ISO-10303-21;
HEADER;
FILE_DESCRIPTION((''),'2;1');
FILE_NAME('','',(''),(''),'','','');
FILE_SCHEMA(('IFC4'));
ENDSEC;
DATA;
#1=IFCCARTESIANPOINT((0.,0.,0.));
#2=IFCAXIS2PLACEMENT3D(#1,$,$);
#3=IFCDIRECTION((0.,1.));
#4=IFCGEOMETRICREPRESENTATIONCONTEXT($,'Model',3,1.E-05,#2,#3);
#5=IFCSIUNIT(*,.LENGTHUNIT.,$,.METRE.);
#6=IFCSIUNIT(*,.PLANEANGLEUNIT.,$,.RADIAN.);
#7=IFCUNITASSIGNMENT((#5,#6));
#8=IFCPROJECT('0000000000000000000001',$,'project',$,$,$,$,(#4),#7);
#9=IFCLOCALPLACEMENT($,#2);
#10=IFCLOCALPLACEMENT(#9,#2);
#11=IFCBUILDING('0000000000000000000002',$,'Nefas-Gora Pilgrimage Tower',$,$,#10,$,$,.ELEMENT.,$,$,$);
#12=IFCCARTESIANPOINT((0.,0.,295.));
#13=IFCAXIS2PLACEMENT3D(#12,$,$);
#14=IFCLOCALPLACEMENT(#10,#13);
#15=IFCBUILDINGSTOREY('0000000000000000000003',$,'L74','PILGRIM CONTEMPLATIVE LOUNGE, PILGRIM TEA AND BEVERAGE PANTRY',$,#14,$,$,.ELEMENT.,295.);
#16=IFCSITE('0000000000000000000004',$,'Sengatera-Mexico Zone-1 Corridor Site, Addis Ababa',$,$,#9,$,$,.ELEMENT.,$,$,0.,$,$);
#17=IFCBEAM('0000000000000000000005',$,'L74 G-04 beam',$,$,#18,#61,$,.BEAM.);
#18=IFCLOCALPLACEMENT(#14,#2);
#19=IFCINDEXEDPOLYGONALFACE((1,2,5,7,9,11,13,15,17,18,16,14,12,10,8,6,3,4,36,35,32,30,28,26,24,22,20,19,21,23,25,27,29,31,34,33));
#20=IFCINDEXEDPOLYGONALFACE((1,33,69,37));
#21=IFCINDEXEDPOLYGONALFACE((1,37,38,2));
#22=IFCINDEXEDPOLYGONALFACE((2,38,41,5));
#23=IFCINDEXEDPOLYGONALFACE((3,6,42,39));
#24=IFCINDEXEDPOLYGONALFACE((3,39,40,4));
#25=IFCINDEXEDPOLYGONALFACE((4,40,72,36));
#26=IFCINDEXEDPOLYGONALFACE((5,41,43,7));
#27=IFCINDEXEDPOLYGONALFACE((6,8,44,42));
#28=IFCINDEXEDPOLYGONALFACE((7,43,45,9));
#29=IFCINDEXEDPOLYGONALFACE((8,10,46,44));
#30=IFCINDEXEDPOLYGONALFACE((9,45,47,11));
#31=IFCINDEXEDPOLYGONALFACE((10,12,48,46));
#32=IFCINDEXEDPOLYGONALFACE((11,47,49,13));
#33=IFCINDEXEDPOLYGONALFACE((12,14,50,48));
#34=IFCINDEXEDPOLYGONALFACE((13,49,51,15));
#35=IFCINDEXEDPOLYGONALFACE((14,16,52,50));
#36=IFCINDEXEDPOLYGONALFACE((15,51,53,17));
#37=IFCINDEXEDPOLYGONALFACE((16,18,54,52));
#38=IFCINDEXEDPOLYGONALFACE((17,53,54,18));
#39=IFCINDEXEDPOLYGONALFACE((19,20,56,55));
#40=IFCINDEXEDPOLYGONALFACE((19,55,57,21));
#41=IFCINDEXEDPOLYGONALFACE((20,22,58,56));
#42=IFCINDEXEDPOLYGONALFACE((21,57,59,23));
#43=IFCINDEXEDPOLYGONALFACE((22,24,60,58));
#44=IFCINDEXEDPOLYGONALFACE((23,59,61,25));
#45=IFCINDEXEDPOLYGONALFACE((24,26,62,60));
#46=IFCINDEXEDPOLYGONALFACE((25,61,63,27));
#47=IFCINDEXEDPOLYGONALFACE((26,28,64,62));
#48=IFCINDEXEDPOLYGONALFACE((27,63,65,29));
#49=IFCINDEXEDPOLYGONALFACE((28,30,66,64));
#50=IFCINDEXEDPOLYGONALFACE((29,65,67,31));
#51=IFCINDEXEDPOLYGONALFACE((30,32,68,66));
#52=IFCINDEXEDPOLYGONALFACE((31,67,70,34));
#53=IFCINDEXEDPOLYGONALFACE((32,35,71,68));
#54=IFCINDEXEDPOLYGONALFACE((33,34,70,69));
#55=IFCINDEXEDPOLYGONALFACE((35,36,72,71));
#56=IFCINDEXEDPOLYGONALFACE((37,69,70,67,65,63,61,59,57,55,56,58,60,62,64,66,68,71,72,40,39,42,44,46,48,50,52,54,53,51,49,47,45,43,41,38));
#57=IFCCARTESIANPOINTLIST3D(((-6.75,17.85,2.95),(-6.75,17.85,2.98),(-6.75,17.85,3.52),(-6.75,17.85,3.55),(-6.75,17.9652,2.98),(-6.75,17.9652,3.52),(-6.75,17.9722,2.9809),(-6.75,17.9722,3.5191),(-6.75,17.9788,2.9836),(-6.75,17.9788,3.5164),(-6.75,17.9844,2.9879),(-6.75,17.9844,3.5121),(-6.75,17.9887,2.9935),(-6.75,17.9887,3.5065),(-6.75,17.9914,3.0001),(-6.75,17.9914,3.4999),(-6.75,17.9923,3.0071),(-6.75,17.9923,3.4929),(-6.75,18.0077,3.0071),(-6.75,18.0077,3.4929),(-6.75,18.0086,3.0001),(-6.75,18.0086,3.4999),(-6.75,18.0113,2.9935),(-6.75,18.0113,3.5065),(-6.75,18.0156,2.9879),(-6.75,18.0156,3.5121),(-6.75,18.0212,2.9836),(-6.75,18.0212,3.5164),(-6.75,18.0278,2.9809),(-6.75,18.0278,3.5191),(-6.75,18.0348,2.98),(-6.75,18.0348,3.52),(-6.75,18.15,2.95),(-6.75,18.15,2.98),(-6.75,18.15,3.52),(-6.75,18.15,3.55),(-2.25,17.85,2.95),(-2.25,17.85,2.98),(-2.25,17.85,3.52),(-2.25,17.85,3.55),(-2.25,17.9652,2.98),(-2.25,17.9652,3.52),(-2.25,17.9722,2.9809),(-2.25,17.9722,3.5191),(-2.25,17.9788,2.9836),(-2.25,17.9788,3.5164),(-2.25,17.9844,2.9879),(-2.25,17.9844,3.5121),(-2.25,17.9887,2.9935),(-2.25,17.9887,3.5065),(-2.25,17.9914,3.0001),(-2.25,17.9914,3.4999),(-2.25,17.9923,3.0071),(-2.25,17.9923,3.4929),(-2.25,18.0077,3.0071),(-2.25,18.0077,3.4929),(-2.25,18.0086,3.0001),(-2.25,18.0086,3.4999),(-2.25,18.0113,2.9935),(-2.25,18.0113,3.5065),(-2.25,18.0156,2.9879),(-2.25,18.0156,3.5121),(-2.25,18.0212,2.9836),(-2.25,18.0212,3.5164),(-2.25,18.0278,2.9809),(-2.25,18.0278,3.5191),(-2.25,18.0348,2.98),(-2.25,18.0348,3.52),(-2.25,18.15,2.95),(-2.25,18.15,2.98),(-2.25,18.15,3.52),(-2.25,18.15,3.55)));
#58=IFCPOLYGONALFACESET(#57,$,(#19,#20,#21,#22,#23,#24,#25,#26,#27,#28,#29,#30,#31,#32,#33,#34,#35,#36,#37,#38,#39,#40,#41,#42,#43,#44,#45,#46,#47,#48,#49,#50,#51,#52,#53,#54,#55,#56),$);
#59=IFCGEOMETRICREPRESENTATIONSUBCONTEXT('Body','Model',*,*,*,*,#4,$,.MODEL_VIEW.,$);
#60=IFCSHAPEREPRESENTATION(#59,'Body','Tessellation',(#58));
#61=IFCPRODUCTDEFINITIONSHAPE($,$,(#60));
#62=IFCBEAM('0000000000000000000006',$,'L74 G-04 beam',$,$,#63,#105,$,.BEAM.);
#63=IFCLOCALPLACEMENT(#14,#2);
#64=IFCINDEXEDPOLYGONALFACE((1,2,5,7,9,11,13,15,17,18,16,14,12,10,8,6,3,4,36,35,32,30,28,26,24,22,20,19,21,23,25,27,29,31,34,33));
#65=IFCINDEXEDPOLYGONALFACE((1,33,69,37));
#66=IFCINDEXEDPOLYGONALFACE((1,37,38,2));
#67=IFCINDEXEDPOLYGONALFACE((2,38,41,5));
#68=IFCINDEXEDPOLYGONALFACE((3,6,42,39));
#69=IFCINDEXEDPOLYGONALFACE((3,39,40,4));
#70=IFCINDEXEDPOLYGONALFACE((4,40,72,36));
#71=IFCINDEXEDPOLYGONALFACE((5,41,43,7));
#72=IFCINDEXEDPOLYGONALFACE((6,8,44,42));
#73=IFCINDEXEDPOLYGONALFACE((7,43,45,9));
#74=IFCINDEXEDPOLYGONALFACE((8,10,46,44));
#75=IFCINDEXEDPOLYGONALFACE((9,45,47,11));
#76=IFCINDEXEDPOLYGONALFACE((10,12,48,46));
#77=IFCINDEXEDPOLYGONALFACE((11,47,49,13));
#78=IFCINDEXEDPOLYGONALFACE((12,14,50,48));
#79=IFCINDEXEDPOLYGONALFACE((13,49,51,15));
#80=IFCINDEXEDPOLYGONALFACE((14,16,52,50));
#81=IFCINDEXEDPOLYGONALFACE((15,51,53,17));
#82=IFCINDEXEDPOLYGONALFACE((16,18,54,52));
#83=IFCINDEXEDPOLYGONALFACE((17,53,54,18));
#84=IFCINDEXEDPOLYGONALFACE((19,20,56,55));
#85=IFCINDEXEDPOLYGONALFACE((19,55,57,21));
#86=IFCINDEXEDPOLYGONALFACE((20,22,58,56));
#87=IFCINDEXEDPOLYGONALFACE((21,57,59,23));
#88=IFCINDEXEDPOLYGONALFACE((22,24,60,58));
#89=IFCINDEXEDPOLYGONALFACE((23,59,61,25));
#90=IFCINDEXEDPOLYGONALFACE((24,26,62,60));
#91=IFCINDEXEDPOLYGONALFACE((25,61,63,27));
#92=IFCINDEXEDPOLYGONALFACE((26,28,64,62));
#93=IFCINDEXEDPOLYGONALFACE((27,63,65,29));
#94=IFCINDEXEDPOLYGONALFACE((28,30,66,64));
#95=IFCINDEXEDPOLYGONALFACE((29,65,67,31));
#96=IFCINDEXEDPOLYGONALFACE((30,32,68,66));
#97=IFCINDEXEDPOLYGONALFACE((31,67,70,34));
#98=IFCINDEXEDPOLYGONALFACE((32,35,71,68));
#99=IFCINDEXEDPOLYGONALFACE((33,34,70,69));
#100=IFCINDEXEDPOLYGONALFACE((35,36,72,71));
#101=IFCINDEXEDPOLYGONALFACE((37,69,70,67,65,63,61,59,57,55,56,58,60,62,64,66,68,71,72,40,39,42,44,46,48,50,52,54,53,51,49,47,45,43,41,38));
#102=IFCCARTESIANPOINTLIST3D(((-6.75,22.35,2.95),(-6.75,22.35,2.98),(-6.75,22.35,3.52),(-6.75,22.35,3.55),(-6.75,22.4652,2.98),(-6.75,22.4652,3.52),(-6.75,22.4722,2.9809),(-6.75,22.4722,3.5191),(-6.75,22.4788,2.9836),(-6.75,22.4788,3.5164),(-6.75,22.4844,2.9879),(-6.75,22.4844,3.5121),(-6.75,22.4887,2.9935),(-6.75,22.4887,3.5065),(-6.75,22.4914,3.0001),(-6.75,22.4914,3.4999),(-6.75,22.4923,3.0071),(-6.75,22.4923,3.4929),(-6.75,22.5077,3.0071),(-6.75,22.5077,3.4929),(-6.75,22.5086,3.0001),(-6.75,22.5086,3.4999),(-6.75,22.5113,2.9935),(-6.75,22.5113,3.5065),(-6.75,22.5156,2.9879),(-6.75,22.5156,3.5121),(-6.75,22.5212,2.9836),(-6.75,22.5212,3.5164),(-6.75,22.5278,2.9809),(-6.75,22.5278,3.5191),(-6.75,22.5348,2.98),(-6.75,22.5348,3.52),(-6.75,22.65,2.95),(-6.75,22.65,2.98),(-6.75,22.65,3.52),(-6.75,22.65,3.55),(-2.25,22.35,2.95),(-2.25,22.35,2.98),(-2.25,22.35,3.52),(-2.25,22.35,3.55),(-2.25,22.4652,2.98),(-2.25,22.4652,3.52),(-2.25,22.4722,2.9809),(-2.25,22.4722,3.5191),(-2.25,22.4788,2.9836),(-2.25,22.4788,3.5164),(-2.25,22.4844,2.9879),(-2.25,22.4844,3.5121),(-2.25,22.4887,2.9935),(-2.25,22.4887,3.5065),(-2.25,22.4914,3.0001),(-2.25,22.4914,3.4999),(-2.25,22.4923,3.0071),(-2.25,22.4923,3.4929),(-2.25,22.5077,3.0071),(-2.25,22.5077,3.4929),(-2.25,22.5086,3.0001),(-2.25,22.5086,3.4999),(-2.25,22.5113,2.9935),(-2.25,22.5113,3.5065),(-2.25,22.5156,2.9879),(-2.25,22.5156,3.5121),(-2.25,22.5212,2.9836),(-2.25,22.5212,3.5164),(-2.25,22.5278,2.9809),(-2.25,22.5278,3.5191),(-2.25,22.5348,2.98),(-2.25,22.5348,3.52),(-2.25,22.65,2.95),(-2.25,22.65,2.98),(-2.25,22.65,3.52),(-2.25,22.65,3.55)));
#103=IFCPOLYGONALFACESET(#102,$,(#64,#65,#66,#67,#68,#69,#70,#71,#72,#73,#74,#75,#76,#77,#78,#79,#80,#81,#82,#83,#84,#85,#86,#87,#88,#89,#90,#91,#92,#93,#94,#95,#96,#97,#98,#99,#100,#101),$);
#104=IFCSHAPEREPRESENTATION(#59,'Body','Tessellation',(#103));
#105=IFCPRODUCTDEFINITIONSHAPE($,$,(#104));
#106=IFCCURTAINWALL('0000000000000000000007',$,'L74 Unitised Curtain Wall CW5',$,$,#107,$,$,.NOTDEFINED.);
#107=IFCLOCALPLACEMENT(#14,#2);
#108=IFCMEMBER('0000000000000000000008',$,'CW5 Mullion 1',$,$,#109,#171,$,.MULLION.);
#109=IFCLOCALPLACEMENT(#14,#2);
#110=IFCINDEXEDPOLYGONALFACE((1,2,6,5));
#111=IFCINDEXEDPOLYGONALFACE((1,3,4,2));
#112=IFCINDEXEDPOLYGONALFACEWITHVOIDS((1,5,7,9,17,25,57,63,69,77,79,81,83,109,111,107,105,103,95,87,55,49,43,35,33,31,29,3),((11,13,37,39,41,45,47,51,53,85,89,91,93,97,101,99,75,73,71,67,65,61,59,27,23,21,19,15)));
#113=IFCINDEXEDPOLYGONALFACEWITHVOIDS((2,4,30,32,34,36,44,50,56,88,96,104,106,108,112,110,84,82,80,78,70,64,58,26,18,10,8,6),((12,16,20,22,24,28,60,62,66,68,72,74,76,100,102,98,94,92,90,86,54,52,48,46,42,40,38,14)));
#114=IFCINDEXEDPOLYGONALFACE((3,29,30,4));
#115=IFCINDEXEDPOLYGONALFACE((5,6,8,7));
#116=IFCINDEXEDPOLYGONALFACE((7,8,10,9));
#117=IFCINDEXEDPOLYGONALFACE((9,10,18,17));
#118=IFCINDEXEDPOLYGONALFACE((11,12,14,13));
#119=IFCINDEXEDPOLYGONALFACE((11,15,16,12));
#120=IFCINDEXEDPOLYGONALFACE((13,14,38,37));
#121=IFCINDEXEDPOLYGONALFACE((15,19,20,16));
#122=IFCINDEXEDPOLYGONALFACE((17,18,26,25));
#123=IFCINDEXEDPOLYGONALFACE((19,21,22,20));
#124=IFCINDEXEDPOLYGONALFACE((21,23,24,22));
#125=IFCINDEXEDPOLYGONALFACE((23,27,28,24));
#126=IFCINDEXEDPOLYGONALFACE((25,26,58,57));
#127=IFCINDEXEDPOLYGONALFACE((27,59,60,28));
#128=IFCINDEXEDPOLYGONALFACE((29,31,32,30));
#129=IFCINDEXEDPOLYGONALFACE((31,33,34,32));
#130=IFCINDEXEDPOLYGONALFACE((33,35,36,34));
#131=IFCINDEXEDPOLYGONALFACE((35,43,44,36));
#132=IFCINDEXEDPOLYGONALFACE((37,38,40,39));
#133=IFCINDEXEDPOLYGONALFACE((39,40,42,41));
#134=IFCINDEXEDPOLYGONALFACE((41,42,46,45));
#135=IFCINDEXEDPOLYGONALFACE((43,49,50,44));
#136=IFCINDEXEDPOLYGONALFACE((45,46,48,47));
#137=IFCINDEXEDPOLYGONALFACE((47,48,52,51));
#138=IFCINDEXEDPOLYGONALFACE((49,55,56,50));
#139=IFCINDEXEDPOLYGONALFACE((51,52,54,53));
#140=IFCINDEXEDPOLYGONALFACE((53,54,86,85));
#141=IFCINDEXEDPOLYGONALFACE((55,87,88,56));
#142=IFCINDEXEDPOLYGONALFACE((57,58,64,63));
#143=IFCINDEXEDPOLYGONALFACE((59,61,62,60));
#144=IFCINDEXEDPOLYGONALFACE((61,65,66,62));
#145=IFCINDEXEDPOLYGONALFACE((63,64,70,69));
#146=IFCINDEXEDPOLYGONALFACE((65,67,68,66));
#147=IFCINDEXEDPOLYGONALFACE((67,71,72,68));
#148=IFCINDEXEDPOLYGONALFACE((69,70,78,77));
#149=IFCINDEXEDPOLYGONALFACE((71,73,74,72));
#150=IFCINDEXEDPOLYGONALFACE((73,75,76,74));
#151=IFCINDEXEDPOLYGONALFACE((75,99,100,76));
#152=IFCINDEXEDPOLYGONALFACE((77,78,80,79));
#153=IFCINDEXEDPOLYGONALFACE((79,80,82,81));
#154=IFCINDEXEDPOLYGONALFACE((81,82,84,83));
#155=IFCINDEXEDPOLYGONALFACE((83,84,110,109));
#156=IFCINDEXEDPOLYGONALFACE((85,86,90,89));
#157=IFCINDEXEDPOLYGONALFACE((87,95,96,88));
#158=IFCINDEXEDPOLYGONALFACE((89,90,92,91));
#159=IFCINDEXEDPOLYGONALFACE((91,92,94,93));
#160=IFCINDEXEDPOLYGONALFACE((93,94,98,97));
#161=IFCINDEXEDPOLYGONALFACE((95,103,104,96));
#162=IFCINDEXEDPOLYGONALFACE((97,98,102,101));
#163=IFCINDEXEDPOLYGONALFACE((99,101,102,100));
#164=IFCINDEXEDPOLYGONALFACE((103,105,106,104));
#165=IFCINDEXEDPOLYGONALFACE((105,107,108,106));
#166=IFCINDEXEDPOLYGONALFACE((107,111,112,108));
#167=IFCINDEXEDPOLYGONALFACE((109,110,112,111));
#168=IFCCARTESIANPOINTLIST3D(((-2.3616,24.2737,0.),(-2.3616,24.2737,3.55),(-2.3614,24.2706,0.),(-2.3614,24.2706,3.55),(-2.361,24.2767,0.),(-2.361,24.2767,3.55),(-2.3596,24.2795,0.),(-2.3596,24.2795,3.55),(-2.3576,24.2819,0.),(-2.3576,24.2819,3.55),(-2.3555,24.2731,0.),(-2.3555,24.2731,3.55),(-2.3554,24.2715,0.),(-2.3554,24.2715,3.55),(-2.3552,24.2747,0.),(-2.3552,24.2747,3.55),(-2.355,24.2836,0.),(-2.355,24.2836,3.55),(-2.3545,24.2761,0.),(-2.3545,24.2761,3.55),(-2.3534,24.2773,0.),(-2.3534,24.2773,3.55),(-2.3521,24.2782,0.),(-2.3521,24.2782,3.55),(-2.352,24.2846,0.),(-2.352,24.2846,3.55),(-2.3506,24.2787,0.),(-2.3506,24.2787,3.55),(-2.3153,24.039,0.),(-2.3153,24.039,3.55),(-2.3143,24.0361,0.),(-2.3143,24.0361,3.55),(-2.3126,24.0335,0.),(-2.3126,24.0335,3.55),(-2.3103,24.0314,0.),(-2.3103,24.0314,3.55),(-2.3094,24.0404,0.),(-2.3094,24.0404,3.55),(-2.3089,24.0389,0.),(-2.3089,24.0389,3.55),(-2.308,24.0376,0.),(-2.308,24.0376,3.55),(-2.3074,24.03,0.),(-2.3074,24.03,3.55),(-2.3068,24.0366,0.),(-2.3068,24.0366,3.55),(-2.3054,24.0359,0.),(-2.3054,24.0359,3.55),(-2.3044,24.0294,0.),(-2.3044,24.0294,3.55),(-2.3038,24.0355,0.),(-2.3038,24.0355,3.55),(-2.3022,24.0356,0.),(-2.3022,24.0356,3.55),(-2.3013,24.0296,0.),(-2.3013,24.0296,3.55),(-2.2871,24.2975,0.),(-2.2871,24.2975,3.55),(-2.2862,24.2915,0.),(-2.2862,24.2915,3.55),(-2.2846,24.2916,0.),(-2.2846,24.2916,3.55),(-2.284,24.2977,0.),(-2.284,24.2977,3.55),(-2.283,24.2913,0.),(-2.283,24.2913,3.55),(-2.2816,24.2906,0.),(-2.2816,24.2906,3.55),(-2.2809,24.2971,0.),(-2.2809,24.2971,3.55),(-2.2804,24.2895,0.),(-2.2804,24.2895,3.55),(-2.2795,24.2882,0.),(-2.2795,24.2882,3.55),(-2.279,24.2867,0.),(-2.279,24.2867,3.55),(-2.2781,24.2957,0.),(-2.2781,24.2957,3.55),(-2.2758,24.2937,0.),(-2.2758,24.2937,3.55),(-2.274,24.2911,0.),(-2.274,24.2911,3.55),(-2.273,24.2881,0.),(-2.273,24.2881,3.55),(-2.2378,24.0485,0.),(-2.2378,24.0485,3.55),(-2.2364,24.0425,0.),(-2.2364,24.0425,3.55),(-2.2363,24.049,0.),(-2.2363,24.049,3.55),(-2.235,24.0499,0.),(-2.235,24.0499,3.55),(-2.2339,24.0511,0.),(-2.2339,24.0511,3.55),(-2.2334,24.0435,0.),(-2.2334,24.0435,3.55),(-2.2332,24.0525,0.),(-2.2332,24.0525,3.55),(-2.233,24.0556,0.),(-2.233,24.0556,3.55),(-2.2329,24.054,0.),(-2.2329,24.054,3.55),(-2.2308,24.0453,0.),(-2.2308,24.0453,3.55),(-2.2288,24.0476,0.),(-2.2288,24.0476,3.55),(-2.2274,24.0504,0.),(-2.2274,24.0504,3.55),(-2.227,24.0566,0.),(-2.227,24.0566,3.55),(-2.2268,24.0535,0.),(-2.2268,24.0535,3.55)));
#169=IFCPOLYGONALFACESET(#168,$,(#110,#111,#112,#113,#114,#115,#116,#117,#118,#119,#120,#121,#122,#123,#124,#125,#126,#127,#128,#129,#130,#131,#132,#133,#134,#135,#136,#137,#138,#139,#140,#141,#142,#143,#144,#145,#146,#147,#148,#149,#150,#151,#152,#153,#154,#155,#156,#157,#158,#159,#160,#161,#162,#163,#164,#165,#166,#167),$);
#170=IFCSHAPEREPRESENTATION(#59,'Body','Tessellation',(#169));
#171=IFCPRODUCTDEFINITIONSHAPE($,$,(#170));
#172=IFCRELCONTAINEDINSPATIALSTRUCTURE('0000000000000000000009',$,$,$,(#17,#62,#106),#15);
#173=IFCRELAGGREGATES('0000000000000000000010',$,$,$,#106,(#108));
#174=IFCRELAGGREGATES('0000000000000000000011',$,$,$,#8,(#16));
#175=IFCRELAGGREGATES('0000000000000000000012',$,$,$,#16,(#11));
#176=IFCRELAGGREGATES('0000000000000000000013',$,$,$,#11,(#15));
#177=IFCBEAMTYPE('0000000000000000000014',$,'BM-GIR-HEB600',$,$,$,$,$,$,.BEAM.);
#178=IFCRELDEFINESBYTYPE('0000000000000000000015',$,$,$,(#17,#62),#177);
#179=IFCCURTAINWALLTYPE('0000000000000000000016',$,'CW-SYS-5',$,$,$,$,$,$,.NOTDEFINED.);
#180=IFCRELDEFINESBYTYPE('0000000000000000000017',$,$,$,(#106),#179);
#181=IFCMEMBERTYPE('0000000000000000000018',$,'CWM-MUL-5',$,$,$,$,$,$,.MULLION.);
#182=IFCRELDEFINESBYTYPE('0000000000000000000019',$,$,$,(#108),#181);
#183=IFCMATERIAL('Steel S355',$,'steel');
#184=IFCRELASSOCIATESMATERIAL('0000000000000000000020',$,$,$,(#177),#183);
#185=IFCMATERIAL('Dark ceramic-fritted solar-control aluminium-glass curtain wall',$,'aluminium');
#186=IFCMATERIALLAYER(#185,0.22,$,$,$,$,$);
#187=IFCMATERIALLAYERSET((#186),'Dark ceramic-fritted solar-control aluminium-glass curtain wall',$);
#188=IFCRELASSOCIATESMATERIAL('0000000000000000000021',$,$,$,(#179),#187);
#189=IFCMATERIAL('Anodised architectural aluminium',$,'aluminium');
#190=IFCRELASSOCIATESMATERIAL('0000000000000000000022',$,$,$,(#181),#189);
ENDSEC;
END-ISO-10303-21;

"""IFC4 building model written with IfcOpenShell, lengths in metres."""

from ifc_helpers import new_model, si_unit, direction, frame, origin, origin_2d, place, context, subcontext, project, spatial, hollow_rectangle, i_section, extrude, source, transform, mapped, material, layer, layer_set, material_profile, profile_set, type_object, element, aggregate, save


model = new_model("IFC4")

# Units and contexts
model_context = context("Model", 3, precision=1e-05, world=origin(), true_north=direction((0.0, 1.0)))
body_context = subcontext(model_context, "Body", "Model", "MODEL_VIEW")
ifc_project = project(units=[si_unit("LENGTHUNIT", "METRE"), si_unit("PLANEANGLEUNIT", "RADIAN")], contexts=[model_context])

# Site, building, storey
site_placement = place(None, origin())
site = spatial("IfcSite", under=ifc_project, at=site_placement, Name="Sengatera-Mexico Zone-1 Corridor Site, Addis Ababa", CompositionType="ELEMENT", RefElevation=0.0)
building_placement = place(site_placement, origin())
building = spatial("IfcBuilding", under=site, at=building_placement, Name="Nefas-Gora Pilgrimage Tower", CompositionType="ELEMENT")
storey_placement = place(building_placement, frame((0.0, 0.0, 295.0)))
storey = spatial("IfcBuildingStorey", under=building, at=storey_placement, Name="L74", Description="PILGRIM CONTEMPLATIVE LOUNGE, PILGRIM TEA AND BEVERAGE PANTRY", CompositionType="ELEMENT", Elevation=295.0)

# Shared definitions
ifc_material_1 = material(Name="Steel S355", Category="steel")

# Beams
ifc_material_profile_1 = material_profile(ifc_material_1, i_section(OverallWidth=0.3, OverallDepth=0.6001, WebThickness=0.0154, FlangeThickness=0.03, FilletRadius=0.0271, at=origin_2d()), Name="HEB 600")
ifc_profile_set_1 = profile_set([ifc_material_profile_1], Name="Steel S355")
beam_type = type_object("IfcBeamType", Name="BM-GIR-HEB600", PredefinedType="BEAM", material=ifc_profile_set_1)
shared_shape_1 = source(origin(), body_context, "Body", "SweptSolid", [
    extrude(i_section(OverallWidth=0.3, OverallDepth=0.6001, WebThickness=0.0154, FlangeThickness=0.03, FilletRadius=0.0271, at=origin_2d()), origin(), (0.0, 0.0, 1.0), 4.5),
])
for number, where, z_axis, x_axis, name in (
    (1, (-6.75, 18.0, 3.25), (1.0, 0.0, 0.0), (0.0, 1.0, 0.0), "L74 G-04 beam"),
    (2, (-6.75, 22.5, 3.25), (1.0, 0.0, 0.0), (0.0, 1.0, 0.0), "L74 G-04 beam"),
):
    element("IfcBeam", number, at=place(storey_placement, frame(where, z_axis=z_axis, x_axis=x_axis)), inside=storey, type_object=beam_type, Name=name, PredefinedType="BEAM", context=body_context, shape_type="MappedRepresentation", body=[
        mapped(shared_shape_1, transform((0.0, 0.0, 0.0), x_axis=(1.0, 0.0, 0.0), y_axis=(0.0, 1.0, 0.0), z_axis=(0.0, 0.0, 1.0), scale=1.0)),
    ])

# Curtain wall, member
ifc_material_2 = material(Name="Dark ceramic-fritted solar-control aluminium-glass curtain wall", Category="aluminium")
ifc_layer_1 = layer(ifc_material_2, 0.22)
ifc_layer_set_1 = layer_set([ifc_layer_1], Name="Dark ceramic-fritted solar-control aluminium-glass curtain wall")
curtain_wall_type = type_object("IfcCurtainWallType", Name="CW-SYS-5", PredefinedType="NOTDEFINED", material=ifc_layer_set_1)
curtain_wall_1_placement = place(storey_placement, origin())
curtain_wall_1 = element("IfcCurtainWall", 3, at=curtain_wall_1_placement, inside=storey, type_object=curtain_wall_type, Name="L74 Unitised Curtain Wall CW5", PredefinedType="NOTDEFINED")
ifc_material_3 = material(Name="Anodised architectural aluminium", Category="aluminium")
ifc_material_profile_2 = material_profile(ifc_material_3, hollow_rectangle(XDim=0.0901, YDim=0.26, WallThickness=0.0061, InnerFilletRadius=0.0061, OuterFilletRadius=0.012, at=origin_2d()), Name="ALU MULLION 90x260")
ifc_profile_set_2 = profile_set([ifc_material_profile_2], Name="Anodised architectural aluminium")
member_type_1 = type_object("IfcMemberType", Name="CWM-MUL-5", PredefinedType="MULLION", material=ifc_profile_set_2)
shared_shape_2 = source(origin(), body_context, "Body", "SweptSolid", [
    extrude(hollow_rectangle(XDim=0.0901, YDim=0.26, WallThickness=0.0061, InnerFilletRadius=0.0061, OuterFilletRadius=0.012, at=origin_2d()), origin(), (0.0, 0.0, 1.0), 3.55),
])
member_1_placement = place(storey_placement, frame((-2.2942, 24.1636, 0.0), z_axis=(0.0, 0.0, 1.0), x_axis=(-0.980783, -0.195102, 0.0)))
member_1 = element("IfcMember", 4, at=member_1_placement, type_object=member_type_1, Name="CW5 Mullion 1", PredefinedType="MULLION", context=body_context, shape_type="MappedRepresentation", body=[
    mapped(shared_shape_2, transform((0.0, 0.0, 0.0), x_axis=(1.0, 0.0, 0.0), y_axis=(0.0, 1.0, 0.0), z_axis=(0.0, 0.0, 1.0), scale=1.0)),
])

aggregate(curtain_wall_1, [member_1])

save(model, "model.ifc")
